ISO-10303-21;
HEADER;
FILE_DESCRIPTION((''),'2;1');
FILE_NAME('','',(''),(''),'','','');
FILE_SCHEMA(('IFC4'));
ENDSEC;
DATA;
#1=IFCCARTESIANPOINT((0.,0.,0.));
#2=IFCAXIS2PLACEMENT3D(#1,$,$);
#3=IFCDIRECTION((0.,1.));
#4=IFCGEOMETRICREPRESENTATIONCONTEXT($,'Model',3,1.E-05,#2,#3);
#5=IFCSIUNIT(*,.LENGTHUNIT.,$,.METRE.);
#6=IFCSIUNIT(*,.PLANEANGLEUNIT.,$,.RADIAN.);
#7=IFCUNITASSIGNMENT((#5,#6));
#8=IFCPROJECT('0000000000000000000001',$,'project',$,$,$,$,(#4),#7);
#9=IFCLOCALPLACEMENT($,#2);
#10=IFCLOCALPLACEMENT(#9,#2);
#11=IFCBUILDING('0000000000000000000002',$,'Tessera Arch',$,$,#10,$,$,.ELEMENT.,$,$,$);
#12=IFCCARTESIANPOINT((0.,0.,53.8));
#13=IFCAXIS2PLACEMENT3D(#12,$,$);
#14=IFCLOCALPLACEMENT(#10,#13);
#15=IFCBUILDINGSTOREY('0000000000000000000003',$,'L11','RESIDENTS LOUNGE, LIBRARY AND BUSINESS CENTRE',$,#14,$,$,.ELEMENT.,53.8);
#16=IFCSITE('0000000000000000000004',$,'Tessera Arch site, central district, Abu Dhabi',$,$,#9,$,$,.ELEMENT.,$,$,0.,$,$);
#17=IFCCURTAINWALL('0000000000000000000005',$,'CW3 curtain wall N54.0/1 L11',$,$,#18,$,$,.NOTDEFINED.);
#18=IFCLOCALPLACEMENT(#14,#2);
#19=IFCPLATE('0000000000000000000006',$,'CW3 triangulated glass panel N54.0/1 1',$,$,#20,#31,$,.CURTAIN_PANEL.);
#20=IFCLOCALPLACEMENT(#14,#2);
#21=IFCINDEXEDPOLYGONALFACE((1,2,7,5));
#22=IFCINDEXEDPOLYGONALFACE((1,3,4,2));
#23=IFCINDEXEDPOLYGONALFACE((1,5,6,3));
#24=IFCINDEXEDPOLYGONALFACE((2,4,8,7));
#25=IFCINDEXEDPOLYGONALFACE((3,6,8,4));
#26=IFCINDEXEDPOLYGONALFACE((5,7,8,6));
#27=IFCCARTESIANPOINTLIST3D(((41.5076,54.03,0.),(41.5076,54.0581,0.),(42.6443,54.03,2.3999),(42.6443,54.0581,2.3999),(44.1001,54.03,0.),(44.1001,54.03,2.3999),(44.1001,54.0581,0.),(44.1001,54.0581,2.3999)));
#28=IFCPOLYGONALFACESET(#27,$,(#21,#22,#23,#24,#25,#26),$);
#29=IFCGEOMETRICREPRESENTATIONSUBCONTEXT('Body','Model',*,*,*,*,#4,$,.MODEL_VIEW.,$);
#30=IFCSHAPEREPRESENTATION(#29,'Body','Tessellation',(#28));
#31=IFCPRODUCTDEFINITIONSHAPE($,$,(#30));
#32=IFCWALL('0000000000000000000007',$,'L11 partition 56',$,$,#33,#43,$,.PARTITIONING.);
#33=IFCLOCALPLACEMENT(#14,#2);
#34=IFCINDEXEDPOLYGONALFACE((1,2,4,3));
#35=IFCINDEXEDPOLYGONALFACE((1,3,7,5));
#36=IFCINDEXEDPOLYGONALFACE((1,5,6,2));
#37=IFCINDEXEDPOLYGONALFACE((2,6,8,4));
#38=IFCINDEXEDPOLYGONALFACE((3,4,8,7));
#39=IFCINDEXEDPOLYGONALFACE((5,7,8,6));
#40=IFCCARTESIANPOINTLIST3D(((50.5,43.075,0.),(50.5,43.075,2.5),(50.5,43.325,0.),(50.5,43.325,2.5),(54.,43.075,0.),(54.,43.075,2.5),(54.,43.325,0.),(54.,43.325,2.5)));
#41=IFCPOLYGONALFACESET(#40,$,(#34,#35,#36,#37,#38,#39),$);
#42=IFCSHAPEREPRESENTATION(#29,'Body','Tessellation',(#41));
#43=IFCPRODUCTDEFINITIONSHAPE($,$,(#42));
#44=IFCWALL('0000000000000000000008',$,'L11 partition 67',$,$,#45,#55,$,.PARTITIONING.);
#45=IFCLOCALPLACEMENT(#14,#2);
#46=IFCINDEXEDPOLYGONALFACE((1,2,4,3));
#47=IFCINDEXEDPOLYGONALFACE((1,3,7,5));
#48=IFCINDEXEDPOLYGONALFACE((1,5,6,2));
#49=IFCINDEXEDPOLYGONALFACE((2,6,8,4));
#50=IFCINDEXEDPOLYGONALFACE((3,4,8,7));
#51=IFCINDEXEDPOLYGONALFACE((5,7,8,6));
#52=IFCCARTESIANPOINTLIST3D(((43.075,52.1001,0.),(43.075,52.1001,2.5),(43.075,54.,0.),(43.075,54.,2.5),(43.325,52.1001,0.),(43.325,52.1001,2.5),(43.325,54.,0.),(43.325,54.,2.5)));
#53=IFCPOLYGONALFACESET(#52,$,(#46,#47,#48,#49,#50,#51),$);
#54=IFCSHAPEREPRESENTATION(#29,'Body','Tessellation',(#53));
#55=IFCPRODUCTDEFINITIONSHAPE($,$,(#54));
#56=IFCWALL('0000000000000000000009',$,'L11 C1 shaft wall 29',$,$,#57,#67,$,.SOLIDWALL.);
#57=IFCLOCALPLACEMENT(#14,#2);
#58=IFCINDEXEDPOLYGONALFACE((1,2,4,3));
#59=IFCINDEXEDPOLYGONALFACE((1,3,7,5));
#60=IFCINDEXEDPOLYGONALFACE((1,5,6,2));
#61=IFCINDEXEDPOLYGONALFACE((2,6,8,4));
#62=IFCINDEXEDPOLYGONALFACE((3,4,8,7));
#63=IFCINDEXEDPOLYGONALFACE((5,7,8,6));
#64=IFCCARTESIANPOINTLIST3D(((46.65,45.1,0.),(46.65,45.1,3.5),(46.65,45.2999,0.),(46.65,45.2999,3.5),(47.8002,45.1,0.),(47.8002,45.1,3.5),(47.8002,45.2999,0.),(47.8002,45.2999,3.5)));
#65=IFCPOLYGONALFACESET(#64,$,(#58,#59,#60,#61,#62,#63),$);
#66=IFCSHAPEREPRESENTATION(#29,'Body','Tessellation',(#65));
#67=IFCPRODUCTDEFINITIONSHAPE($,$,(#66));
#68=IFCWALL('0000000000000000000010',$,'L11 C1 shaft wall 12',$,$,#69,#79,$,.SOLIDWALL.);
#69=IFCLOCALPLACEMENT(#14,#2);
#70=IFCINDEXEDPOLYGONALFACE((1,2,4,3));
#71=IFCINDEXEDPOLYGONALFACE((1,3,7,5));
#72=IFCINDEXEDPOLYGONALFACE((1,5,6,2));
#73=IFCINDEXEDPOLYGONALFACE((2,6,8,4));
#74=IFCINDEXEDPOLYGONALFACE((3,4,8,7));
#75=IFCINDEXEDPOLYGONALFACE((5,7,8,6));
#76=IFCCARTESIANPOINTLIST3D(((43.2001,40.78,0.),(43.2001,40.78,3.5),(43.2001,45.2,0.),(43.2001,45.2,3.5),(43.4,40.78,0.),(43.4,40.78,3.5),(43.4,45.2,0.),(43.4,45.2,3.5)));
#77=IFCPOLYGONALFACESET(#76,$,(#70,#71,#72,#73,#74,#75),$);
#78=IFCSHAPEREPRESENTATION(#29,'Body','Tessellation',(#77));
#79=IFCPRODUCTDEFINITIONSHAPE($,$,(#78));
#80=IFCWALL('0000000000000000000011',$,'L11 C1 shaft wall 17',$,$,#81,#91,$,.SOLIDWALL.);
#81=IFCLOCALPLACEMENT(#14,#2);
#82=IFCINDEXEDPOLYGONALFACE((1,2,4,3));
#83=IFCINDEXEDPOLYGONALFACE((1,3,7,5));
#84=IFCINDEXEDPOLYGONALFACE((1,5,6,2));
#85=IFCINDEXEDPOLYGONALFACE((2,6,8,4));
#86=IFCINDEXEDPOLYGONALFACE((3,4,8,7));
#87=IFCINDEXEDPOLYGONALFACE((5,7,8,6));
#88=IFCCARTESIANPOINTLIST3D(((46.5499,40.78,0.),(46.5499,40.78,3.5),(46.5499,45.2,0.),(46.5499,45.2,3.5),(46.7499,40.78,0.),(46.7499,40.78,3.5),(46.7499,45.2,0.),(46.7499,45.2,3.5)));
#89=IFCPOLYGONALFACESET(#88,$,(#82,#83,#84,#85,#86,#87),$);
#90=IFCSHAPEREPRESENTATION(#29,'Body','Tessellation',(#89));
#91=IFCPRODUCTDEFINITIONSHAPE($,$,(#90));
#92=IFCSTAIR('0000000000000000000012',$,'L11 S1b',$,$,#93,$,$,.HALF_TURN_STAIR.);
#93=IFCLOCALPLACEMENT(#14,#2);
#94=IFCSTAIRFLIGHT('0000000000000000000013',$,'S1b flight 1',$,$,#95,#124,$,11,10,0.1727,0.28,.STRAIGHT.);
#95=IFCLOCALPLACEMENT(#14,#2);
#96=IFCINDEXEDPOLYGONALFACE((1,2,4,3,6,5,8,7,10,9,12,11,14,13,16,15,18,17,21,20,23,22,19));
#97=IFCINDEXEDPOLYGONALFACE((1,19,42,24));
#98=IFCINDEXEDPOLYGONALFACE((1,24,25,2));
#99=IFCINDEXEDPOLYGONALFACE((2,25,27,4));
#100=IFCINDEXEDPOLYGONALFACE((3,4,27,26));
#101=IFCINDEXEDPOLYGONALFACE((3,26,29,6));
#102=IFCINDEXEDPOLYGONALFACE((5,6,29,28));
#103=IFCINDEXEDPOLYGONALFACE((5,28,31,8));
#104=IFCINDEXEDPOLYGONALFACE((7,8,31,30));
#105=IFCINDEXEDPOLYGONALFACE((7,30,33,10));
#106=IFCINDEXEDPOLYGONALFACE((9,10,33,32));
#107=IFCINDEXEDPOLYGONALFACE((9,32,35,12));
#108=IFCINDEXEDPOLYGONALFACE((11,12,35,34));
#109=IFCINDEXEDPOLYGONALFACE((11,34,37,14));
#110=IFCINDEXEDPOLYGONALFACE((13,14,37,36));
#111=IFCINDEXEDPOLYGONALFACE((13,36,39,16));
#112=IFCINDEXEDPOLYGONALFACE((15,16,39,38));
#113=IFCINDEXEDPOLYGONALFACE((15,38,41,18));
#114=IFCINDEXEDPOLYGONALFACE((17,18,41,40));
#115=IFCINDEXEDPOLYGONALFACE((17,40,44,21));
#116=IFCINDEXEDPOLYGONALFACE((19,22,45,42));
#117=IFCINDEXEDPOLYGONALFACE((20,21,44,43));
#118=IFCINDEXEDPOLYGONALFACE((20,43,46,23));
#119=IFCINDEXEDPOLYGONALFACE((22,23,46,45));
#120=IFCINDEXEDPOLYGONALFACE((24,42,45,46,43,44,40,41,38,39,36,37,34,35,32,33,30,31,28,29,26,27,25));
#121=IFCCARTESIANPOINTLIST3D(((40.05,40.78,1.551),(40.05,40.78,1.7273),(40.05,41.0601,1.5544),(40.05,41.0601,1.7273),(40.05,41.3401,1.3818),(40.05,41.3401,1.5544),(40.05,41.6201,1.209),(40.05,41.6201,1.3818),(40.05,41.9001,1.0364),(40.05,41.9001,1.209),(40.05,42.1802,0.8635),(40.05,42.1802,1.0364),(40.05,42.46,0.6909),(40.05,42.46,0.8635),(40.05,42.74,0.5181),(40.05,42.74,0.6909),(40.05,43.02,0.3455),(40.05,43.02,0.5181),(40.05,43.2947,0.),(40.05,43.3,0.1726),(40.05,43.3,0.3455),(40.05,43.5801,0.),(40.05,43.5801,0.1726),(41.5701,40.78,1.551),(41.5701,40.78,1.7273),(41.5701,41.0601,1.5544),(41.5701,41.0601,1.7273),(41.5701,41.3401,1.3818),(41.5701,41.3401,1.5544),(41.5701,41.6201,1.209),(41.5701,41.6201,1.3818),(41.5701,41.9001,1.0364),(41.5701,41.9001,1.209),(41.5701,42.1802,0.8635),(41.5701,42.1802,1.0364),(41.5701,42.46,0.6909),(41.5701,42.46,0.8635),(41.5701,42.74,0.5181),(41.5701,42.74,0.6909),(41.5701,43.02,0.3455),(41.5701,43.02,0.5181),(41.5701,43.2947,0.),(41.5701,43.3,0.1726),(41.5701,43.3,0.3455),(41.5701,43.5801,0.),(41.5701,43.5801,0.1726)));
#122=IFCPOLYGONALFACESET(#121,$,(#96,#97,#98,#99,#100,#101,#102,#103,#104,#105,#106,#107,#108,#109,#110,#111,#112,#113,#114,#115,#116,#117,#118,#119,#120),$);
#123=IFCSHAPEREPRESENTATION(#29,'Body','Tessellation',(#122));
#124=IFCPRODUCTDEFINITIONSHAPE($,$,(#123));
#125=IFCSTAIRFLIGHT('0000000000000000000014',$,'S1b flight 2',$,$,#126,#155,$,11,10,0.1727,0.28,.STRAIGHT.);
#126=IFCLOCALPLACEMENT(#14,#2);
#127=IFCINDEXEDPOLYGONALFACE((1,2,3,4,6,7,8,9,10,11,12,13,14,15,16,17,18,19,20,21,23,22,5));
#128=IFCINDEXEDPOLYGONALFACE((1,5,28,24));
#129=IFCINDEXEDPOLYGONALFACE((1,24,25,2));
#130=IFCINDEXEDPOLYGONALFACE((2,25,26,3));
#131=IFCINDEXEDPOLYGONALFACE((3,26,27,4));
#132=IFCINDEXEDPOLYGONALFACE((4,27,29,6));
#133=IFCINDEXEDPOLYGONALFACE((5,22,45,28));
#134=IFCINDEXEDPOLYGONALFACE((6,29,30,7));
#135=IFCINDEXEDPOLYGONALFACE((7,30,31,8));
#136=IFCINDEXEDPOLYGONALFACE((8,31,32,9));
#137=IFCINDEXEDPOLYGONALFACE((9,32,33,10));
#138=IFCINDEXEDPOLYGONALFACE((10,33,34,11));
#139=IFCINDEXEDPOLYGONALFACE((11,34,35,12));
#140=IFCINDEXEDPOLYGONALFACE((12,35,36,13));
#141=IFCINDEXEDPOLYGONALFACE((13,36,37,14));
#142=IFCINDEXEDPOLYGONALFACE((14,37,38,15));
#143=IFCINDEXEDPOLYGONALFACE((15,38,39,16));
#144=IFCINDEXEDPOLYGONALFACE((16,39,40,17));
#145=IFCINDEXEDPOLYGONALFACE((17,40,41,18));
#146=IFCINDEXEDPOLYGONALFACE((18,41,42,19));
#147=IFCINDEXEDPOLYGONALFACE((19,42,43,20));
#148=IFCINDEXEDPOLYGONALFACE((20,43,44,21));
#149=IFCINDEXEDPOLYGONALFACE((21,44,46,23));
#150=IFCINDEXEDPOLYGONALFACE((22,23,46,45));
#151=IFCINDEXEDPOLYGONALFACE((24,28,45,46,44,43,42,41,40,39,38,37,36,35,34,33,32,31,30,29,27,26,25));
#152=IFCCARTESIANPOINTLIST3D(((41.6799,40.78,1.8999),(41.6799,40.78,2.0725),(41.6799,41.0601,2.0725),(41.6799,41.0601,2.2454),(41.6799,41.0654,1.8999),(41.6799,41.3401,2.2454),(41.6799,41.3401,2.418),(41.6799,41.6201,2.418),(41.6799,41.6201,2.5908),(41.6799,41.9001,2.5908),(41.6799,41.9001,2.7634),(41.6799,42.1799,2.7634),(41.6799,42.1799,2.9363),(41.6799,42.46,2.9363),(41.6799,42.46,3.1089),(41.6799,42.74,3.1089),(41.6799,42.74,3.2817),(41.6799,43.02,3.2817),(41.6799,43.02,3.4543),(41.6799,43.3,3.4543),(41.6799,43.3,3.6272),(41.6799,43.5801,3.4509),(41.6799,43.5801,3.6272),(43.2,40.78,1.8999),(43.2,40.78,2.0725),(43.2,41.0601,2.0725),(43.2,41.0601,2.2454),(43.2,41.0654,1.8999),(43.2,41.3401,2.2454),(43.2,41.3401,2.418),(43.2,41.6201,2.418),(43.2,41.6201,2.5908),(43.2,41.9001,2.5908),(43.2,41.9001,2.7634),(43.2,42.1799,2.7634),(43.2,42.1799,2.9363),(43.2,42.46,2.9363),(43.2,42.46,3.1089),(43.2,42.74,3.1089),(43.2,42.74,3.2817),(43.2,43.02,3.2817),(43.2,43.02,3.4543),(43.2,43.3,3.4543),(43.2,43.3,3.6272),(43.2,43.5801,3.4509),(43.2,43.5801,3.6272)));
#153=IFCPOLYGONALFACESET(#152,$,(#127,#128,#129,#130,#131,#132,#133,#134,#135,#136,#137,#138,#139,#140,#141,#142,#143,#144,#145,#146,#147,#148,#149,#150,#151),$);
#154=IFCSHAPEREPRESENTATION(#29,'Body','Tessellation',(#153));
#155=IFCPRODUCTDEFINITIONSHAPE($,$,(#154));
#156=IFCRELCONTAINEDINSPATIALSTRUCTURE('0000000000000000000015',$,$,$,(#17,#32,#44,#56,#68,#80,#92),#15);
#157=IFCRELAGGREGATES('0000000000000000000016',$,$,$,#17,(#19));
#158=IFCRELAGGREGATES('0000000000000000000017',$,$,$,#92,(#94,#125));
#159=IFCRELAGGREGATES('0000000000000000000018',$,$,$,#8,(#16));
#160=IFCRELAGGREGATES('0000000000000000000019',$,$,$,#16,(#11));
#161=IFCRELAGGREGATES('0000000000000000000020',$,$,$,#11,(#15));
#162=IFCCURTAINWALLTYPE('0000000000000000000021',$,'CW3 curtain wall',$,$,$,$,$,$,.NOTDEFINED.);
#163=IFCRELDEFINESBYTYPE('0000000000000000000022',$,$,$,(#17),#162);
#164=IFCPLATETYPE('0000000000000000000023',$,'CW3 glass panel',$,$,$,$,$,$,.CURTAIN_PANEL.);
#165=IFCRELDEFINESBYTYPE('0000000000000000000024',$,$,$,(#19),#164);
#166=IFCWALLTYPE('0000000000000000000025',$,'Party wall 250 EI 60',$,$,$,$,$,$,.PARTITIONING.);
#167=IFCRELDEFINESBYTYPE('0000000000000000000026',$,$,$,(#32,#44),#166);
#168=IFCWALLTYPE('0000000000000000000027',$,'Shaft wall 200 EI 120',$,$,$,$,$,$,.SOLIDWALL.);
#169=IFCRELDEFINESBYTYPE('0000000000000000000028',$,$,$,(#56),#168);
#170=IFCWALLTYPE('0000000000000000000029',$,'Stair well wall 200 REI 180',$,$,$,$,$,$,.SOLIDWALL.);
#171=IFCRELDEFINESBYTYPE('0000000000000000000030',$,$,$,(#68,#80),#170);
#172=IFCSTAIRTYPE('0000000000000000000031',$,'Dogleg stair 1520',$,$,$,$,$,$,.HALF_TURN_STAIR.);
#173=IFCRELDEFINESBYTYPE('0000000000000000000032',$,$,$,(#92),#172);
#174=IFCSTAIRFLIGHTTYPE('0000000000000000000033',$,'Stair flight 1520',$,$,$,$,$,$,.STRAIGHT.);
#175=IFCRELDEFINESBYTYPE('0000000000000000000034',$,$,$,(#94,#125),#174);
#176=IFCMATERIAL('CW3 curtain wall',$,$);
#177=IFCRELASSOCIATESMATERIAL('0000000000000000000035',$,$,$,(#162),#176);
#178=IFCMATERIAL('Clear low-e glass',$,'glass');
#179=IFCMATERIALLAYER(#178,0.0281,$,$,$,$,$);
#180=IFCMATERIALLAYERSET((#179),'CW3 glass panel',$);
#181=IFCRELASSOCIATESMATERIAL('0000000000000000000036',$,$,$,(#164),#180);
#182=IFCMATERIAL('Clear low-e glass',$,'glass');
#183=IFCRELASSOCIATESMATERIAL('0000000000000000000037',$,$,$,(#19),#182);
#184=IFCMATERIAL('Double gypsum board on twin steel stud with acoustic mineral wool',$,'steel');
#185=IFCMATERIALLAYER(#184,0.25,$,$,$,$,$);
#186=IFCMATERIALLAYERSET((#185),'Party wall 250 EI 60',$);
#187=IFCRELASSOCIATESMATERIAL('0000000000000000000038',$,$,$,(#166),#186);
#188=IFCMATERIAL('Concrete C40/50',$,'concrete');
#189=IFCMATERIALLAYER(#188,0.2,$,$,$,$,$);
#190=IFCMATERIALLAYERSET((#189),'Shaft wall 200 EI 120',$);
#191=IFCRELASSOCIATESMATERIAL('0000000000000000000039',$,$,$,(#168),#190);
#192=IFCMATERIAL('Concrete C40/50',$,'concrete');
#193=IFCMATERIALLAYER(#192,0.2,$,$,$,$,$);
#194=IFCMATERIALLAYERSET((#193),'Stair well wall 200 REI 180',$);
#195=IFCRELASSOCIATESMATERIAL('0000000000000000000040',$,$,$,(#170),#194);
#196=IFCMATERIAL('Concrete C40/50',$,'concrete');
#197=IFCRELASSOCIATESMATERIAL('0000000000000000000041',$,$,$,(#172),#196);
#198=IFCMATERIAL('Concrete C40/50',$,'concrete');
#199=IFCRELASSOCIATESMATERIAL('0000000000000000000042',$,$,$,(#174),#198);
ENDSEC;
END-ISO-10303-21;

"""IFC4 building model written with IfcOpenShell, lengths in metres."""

from ifc_helpers import new_model, si_unit, direction, frame, frame_2d, origin, place, context, subcontext, project, spatial, polyline, rectangle, outline, extrude, material, layer, layer_set, type_object, element, aggregate, save


model = new_model("IFC4")

# Units and contexts
model_context = context("Model", 3, precision=1e-05, world=origin(), true_north=direction((0.0, 1.0)))
body_context = subcontext(model_context, "Body", "Model", "MODEL_VIEW")
ifc_project = project(units=[si_unit("LENGTHUNIT", "METRE"), si_unit("PLANEANGLEUNIT", "RADIAN")], contexts=[model_context])

# Site, building, storey
site_placement = place(None, origin())
site = spatial("IfcSite", under=ifc_project, at=site_placement, Name="Tessera Arch site, central district, Abu Dhabi", CompositionType="ELEMENT", RefElevation=0.0)
building_placement = place(site_placement, origin())
building = spatial("IfcBuilding", under=site, at=building_placement, Name="Tessera Arch", CompositionType="ELEMENT")
storey_placement = place(building_placement, frame((0.0, 0.0, 53.8)))
storey = spatial("IfcBuildingStorey", under=building, at=storey_placement, Name="L11", Description="RESIDENTS LOUNGE, LIBRARY AND BUSINESS CENTRE", CompositionType="ELEMENT", Elevation=53.8)

# Curtain wall
ifc_material_1 = material(Name="CW3 curtain wall")
curtain_wall_type_1 = type_object("IfcCurtainWallType", Name="CW3 curtain wall", PredefinedType="NOTDEFINED", material=ifc_material_1)
curtain_wall_1_placement = place(storey_placement, origin())
curtain_wall_1 = element("IfcCurtainWall", 1, at=curtain_wall_1_placement, inside=storey, type_object=curtain_wall_type_1, Name="CW3 curtain wall N54.0/1 L11", PredefinedType="NOTDEFINED")

# Shared definitions
ifc_material_2 = material(Name="Clear low-e glass", Category="glass")

# Plate
ifc_material_3 = material(Name="Clear low-e glass", Category="glass")
ifc_layer_1 = layer(ifc_material_3, 0.0281)
ifc_layer_set_1 = layer_set([ifc_layer_1], Name="CW3 glass panel")
plate_type_1 = type_object("IfcPlateType", Name="CW3 glass panel", PredefinedType="CURTAIN_PANEL", material=ifc_layer_set_1)
plate_1_placement = place(storey_placement, frame((44.1001, 54.0581, 0.0), z_axis=(0.0, 1.0, 0.0), x_axis=(-1.0, 0.0, 0.0)))
plate_1 = element("IfcPlate", 2, at=plate_1_placement, type_object=plate_type_1, material=ifc_material_2, Name="CW3 triangulated glass panel N54.0/1 1", PredefinedType="CURTAIN_PANEL", context=body_context, shape_type="SweptSolid", body=[
    extrude(outline(polyline([(0.0, 0.0), (2.5925, 0.0), (1.4558, 2.3999), (0.0, 2.3999), (0.0, 0.0)])), origin(), (0.0, 0.0, -1.0), 0.0281),
])
aggregate(curtain_wall_1, [plate_1])

# Walls
ifc_material_4 = material(Name="Double gypsum board on twin steel stud with acoustic mineral wool", Category="steel")
ifc_layer_2 = layer(ifc_material_4, 0.25)
ifc_layer_set_2 = layer_set([ifc_layer_2], Name="Party wall 250 EI 60")
wall_type_1 = type_object("IfcWallType", Name="Party wall 250 EI 60", PredefinedType="PARTITIONING", material=ifc_layer_set_2)
wall_1_placement = place(storey_placement, frame((50.5, 43.2, 0.0), z_axis=(0.0, 0.0, 1.0), x_axis=(1.0, 0.0, 0.0)))
element("IfcWall", 3, at=wall_1_placement, inside=storey, type_object=wall_type_1, Name="L11 partition 56", PredefinedType="PARTITIONING", context=body_context, shape_type="SweptSolid", body=[
    extrude(rectangle(XDim=3.5, YDim=0.25, at=frame_2d((1.75, 0.0))), origin(), (0.0, 0.0, 1.0), 2.5),
])
wall_2_placement = place(storey_placement, frame((43.2, 52.1001, 0.0), z_axis=(0.0, 0.0, 1.0), x_axis=(0.0, 1.0, 0.0)))
element("IfcWall", 4, at=wall_2_placement, inside=storey, type_object=wall_type_1, Name="L11 partition 67", PredefinedType="PARTITIONING", context=body_context, shape_type="SweptSolid", body=[
    extrude(rectangle(XDim=1.8999, YDim=0.25, at=frame_2d((0.95, 0.0))), origin(), (0.0, 0.0, 1.0), 2.5),
])
ifc_material_5 = material(Name="Concrete C40/50", Category="concrete")
ifc_layer_3 = layer(ifc_material_5, 0.2)
ifc_layer_set_3 = layer_set([ifc_layer_3], Name="Shaft wall 200 EI 120")
wall_type_2 = type_object("IfcWallType", Name="Shaft wall 200 EI 120", PredefinedType="SOLIDWALL", material=ifc_layer_set_3)
wall_3_placement = place(storey_placement, frame((46.6499, 45.2, 0.0), z_axis=(0.0, 0.0, 1.0), x_axis=(1.0, 0.0, 0.0)))
element("IfcWall", 5, at=wall_3_placement, inside=storey, type_object=wall_type_2, Name="L11 C1 shaft wall 29", PredefinedType="SOLIDWALL", context=body_context, shape_type="SweptSolid", body=[
    extrude(rectangle(XDim=1.1501, YDim=0.2, at=frame_2d((0.5752, 0.0))), origin(), (0.0, 0.0, 1.0), 3.5),
])
ifc_material_6 = material(Name="Concrete C40/50", Category="concrete")
ifc_layer_4 = layer(ifc_material_6, 0.2)
ifc_layer_set_4 = layer_set([ifc_layer_4], Name="Stair well wall 200 REI 180")
wall_type_3 = type_object("IfcWallType", Name="Stair well wall 200 REI 180", PredefinedType="SOLIDWALL", material=ifc_layer_set_4)
for number, where, z_axis, x_axis, name in (
    (6, (43.3, 40.78, 0.0), (0.0, 0.0, 1.0), (0.0, 1.0, 0.0), "L11 C1 shaft wall 12"),
    (7, (46.6499, 40.78, 0.0), (0.0, 0.0, 1.0), (0.0, 1.0, 0.0), "L11 C1 shaft wall 17"),
):
    element("IfcWall", number, at=place(storey_placement, frame(where, z_axis=z_axis, x_axis=x_axis)), inside=storey, type_object=wall_type_3, Name=name, PredefinedType="SOLIDWALL", context=body_context, shape_type="SweptSolid", body=[
        extrude(rectangle(XDim=4.4199, YDim=0.2, at=frame_2d((2.21, 0.0))), origin(), (0.0, 0.0, 1.0), 3.5),
    ])

# Stair, stair flights
ifc_material_7 = material(Name="Concrete C40/50", Category="concrete")
stair_type = type_object("IfcStairType", Name="Dogleg stair 1520", PredefinedType="HALF_TURN_STAIR", material=ifc_material_7)
stair_1_placement = place(storey_placement, origin())
stair_1 = element("IfcStair", 8, at=stair_1_placement, inside=storey, type_object=stair_type, Name="L11 S1b", PredefinedType="HALF_TURN_STAIR")
ifc_material_8 = material(Name="Concrete C40/50", Category="concrete")
stair_flight_type = type_object("IfcStairFlightType", Name="Stair flight 1520", PredefinedType="STRAIGHT", material=ifc_material_8)
stair_flight_1_placement = place(storey_placement, frame((40.8101, 43.5801, 0.0), z_axis=(0.0, 0.0, 1.0), x_axis=(0.0, -1.0, 0.0)))
stair_flight_1 = element("IfcStairFlight", 9, at=stair_flight_1_placement, type_object=stair_flight_type, Name="S1b flight 1", NumberOfRisers=11, NumberOfTreads=10, PredefinedType="STRAIGHT", RiserHeight=0.1727, TreadLength=0.28, context=body_context, shape_type="SweptSolid", body=[
    extrude(outline(polyline([(0.0, 0.0), (0.0, 0.1726), (0.28, 0.1726), (0.28, 0.3455), (0.5601, 0.3455), (0.5601, 0.5181), (0.8401, 0.5181), (0.8401, 0.6909), (1.1201, 0.6909), (1.1201, 0.8635), (1.3999, 0.8635), (1.3999, 1.0364), (1.6799, 1.0364), (1.6799, 1.209), (1.96, 1.209), (1.96, 1.3818), (2.24, 1.3818), (2.24, 1.5544), (2.52, 1.5544), (2.52, 1.7273), (2.8, 1.7273), (2.8, 1.8999), (2.8, 1.551), (0.2854, 0.0), (0.0, 0.0)])), frame((0.0, 0.76, 0.0), z_axis=(0.0, -1.0, 0.0), x_axis=(1.0, 0.0, 0.0)), (0.0, 0.0, 1.0), 1.52),
])
stair_flight_2_placement = place(storey_placement, frame((42.4399, 40.78, 1.8999), z_axis=(0.0, 0.0, 1.0), x_axis=(0.0, 1.0, 0.0)))
stair_flight_2 = element("IfcStairFlight", 10, at=stair_flight_2_placement, type_object=stair_flight_type, Name="S1b flight 2", NumberOfRisers=11, NumberOfTreads=10, PredefinedType="STRAIGHT", RiserHeight=0.1727, TreadLength=0.28, context=body_context, shape_type="SweptSolid", body=[
    extrude(outline(polyline([(0.0, 0.0), (0.0, 0.1726), (0.28, 0.1726), (0.28, 0.3455), (0.5601, 0.3455), (0.5601, 0.5181), (0.8401, 0.5181), (0.8401, 0.6909), (1.1201, 0.6909), (1.1201, 0.8635), (1.3999, 0.8635), (1.3999, 1.0364), (1.6799, 1.0364), (1.6799, 1.209), (1.96, 1.209), (1.96, 1.3818), (2.24, 1.3818), (2.24, 1.5544), (2.52, 1.5544), (2.52, 1.7273), (2.8, 1.7273), (2.8, 1.8999), (2.8, 1.551), (0.2854, 0.0), (0.0, 0.0)])), frame((0.0, 0.76, 0.0), z_axis=(0.0, -1.0, 0.0), x_axis=(1.0, 0.0, 0.0)), (0.0, 0.0, 1.0), 1.52),
])
aggregate(stair_1, [stair_flight_1, stair_flight_2])

save(model, "model.ifc")
